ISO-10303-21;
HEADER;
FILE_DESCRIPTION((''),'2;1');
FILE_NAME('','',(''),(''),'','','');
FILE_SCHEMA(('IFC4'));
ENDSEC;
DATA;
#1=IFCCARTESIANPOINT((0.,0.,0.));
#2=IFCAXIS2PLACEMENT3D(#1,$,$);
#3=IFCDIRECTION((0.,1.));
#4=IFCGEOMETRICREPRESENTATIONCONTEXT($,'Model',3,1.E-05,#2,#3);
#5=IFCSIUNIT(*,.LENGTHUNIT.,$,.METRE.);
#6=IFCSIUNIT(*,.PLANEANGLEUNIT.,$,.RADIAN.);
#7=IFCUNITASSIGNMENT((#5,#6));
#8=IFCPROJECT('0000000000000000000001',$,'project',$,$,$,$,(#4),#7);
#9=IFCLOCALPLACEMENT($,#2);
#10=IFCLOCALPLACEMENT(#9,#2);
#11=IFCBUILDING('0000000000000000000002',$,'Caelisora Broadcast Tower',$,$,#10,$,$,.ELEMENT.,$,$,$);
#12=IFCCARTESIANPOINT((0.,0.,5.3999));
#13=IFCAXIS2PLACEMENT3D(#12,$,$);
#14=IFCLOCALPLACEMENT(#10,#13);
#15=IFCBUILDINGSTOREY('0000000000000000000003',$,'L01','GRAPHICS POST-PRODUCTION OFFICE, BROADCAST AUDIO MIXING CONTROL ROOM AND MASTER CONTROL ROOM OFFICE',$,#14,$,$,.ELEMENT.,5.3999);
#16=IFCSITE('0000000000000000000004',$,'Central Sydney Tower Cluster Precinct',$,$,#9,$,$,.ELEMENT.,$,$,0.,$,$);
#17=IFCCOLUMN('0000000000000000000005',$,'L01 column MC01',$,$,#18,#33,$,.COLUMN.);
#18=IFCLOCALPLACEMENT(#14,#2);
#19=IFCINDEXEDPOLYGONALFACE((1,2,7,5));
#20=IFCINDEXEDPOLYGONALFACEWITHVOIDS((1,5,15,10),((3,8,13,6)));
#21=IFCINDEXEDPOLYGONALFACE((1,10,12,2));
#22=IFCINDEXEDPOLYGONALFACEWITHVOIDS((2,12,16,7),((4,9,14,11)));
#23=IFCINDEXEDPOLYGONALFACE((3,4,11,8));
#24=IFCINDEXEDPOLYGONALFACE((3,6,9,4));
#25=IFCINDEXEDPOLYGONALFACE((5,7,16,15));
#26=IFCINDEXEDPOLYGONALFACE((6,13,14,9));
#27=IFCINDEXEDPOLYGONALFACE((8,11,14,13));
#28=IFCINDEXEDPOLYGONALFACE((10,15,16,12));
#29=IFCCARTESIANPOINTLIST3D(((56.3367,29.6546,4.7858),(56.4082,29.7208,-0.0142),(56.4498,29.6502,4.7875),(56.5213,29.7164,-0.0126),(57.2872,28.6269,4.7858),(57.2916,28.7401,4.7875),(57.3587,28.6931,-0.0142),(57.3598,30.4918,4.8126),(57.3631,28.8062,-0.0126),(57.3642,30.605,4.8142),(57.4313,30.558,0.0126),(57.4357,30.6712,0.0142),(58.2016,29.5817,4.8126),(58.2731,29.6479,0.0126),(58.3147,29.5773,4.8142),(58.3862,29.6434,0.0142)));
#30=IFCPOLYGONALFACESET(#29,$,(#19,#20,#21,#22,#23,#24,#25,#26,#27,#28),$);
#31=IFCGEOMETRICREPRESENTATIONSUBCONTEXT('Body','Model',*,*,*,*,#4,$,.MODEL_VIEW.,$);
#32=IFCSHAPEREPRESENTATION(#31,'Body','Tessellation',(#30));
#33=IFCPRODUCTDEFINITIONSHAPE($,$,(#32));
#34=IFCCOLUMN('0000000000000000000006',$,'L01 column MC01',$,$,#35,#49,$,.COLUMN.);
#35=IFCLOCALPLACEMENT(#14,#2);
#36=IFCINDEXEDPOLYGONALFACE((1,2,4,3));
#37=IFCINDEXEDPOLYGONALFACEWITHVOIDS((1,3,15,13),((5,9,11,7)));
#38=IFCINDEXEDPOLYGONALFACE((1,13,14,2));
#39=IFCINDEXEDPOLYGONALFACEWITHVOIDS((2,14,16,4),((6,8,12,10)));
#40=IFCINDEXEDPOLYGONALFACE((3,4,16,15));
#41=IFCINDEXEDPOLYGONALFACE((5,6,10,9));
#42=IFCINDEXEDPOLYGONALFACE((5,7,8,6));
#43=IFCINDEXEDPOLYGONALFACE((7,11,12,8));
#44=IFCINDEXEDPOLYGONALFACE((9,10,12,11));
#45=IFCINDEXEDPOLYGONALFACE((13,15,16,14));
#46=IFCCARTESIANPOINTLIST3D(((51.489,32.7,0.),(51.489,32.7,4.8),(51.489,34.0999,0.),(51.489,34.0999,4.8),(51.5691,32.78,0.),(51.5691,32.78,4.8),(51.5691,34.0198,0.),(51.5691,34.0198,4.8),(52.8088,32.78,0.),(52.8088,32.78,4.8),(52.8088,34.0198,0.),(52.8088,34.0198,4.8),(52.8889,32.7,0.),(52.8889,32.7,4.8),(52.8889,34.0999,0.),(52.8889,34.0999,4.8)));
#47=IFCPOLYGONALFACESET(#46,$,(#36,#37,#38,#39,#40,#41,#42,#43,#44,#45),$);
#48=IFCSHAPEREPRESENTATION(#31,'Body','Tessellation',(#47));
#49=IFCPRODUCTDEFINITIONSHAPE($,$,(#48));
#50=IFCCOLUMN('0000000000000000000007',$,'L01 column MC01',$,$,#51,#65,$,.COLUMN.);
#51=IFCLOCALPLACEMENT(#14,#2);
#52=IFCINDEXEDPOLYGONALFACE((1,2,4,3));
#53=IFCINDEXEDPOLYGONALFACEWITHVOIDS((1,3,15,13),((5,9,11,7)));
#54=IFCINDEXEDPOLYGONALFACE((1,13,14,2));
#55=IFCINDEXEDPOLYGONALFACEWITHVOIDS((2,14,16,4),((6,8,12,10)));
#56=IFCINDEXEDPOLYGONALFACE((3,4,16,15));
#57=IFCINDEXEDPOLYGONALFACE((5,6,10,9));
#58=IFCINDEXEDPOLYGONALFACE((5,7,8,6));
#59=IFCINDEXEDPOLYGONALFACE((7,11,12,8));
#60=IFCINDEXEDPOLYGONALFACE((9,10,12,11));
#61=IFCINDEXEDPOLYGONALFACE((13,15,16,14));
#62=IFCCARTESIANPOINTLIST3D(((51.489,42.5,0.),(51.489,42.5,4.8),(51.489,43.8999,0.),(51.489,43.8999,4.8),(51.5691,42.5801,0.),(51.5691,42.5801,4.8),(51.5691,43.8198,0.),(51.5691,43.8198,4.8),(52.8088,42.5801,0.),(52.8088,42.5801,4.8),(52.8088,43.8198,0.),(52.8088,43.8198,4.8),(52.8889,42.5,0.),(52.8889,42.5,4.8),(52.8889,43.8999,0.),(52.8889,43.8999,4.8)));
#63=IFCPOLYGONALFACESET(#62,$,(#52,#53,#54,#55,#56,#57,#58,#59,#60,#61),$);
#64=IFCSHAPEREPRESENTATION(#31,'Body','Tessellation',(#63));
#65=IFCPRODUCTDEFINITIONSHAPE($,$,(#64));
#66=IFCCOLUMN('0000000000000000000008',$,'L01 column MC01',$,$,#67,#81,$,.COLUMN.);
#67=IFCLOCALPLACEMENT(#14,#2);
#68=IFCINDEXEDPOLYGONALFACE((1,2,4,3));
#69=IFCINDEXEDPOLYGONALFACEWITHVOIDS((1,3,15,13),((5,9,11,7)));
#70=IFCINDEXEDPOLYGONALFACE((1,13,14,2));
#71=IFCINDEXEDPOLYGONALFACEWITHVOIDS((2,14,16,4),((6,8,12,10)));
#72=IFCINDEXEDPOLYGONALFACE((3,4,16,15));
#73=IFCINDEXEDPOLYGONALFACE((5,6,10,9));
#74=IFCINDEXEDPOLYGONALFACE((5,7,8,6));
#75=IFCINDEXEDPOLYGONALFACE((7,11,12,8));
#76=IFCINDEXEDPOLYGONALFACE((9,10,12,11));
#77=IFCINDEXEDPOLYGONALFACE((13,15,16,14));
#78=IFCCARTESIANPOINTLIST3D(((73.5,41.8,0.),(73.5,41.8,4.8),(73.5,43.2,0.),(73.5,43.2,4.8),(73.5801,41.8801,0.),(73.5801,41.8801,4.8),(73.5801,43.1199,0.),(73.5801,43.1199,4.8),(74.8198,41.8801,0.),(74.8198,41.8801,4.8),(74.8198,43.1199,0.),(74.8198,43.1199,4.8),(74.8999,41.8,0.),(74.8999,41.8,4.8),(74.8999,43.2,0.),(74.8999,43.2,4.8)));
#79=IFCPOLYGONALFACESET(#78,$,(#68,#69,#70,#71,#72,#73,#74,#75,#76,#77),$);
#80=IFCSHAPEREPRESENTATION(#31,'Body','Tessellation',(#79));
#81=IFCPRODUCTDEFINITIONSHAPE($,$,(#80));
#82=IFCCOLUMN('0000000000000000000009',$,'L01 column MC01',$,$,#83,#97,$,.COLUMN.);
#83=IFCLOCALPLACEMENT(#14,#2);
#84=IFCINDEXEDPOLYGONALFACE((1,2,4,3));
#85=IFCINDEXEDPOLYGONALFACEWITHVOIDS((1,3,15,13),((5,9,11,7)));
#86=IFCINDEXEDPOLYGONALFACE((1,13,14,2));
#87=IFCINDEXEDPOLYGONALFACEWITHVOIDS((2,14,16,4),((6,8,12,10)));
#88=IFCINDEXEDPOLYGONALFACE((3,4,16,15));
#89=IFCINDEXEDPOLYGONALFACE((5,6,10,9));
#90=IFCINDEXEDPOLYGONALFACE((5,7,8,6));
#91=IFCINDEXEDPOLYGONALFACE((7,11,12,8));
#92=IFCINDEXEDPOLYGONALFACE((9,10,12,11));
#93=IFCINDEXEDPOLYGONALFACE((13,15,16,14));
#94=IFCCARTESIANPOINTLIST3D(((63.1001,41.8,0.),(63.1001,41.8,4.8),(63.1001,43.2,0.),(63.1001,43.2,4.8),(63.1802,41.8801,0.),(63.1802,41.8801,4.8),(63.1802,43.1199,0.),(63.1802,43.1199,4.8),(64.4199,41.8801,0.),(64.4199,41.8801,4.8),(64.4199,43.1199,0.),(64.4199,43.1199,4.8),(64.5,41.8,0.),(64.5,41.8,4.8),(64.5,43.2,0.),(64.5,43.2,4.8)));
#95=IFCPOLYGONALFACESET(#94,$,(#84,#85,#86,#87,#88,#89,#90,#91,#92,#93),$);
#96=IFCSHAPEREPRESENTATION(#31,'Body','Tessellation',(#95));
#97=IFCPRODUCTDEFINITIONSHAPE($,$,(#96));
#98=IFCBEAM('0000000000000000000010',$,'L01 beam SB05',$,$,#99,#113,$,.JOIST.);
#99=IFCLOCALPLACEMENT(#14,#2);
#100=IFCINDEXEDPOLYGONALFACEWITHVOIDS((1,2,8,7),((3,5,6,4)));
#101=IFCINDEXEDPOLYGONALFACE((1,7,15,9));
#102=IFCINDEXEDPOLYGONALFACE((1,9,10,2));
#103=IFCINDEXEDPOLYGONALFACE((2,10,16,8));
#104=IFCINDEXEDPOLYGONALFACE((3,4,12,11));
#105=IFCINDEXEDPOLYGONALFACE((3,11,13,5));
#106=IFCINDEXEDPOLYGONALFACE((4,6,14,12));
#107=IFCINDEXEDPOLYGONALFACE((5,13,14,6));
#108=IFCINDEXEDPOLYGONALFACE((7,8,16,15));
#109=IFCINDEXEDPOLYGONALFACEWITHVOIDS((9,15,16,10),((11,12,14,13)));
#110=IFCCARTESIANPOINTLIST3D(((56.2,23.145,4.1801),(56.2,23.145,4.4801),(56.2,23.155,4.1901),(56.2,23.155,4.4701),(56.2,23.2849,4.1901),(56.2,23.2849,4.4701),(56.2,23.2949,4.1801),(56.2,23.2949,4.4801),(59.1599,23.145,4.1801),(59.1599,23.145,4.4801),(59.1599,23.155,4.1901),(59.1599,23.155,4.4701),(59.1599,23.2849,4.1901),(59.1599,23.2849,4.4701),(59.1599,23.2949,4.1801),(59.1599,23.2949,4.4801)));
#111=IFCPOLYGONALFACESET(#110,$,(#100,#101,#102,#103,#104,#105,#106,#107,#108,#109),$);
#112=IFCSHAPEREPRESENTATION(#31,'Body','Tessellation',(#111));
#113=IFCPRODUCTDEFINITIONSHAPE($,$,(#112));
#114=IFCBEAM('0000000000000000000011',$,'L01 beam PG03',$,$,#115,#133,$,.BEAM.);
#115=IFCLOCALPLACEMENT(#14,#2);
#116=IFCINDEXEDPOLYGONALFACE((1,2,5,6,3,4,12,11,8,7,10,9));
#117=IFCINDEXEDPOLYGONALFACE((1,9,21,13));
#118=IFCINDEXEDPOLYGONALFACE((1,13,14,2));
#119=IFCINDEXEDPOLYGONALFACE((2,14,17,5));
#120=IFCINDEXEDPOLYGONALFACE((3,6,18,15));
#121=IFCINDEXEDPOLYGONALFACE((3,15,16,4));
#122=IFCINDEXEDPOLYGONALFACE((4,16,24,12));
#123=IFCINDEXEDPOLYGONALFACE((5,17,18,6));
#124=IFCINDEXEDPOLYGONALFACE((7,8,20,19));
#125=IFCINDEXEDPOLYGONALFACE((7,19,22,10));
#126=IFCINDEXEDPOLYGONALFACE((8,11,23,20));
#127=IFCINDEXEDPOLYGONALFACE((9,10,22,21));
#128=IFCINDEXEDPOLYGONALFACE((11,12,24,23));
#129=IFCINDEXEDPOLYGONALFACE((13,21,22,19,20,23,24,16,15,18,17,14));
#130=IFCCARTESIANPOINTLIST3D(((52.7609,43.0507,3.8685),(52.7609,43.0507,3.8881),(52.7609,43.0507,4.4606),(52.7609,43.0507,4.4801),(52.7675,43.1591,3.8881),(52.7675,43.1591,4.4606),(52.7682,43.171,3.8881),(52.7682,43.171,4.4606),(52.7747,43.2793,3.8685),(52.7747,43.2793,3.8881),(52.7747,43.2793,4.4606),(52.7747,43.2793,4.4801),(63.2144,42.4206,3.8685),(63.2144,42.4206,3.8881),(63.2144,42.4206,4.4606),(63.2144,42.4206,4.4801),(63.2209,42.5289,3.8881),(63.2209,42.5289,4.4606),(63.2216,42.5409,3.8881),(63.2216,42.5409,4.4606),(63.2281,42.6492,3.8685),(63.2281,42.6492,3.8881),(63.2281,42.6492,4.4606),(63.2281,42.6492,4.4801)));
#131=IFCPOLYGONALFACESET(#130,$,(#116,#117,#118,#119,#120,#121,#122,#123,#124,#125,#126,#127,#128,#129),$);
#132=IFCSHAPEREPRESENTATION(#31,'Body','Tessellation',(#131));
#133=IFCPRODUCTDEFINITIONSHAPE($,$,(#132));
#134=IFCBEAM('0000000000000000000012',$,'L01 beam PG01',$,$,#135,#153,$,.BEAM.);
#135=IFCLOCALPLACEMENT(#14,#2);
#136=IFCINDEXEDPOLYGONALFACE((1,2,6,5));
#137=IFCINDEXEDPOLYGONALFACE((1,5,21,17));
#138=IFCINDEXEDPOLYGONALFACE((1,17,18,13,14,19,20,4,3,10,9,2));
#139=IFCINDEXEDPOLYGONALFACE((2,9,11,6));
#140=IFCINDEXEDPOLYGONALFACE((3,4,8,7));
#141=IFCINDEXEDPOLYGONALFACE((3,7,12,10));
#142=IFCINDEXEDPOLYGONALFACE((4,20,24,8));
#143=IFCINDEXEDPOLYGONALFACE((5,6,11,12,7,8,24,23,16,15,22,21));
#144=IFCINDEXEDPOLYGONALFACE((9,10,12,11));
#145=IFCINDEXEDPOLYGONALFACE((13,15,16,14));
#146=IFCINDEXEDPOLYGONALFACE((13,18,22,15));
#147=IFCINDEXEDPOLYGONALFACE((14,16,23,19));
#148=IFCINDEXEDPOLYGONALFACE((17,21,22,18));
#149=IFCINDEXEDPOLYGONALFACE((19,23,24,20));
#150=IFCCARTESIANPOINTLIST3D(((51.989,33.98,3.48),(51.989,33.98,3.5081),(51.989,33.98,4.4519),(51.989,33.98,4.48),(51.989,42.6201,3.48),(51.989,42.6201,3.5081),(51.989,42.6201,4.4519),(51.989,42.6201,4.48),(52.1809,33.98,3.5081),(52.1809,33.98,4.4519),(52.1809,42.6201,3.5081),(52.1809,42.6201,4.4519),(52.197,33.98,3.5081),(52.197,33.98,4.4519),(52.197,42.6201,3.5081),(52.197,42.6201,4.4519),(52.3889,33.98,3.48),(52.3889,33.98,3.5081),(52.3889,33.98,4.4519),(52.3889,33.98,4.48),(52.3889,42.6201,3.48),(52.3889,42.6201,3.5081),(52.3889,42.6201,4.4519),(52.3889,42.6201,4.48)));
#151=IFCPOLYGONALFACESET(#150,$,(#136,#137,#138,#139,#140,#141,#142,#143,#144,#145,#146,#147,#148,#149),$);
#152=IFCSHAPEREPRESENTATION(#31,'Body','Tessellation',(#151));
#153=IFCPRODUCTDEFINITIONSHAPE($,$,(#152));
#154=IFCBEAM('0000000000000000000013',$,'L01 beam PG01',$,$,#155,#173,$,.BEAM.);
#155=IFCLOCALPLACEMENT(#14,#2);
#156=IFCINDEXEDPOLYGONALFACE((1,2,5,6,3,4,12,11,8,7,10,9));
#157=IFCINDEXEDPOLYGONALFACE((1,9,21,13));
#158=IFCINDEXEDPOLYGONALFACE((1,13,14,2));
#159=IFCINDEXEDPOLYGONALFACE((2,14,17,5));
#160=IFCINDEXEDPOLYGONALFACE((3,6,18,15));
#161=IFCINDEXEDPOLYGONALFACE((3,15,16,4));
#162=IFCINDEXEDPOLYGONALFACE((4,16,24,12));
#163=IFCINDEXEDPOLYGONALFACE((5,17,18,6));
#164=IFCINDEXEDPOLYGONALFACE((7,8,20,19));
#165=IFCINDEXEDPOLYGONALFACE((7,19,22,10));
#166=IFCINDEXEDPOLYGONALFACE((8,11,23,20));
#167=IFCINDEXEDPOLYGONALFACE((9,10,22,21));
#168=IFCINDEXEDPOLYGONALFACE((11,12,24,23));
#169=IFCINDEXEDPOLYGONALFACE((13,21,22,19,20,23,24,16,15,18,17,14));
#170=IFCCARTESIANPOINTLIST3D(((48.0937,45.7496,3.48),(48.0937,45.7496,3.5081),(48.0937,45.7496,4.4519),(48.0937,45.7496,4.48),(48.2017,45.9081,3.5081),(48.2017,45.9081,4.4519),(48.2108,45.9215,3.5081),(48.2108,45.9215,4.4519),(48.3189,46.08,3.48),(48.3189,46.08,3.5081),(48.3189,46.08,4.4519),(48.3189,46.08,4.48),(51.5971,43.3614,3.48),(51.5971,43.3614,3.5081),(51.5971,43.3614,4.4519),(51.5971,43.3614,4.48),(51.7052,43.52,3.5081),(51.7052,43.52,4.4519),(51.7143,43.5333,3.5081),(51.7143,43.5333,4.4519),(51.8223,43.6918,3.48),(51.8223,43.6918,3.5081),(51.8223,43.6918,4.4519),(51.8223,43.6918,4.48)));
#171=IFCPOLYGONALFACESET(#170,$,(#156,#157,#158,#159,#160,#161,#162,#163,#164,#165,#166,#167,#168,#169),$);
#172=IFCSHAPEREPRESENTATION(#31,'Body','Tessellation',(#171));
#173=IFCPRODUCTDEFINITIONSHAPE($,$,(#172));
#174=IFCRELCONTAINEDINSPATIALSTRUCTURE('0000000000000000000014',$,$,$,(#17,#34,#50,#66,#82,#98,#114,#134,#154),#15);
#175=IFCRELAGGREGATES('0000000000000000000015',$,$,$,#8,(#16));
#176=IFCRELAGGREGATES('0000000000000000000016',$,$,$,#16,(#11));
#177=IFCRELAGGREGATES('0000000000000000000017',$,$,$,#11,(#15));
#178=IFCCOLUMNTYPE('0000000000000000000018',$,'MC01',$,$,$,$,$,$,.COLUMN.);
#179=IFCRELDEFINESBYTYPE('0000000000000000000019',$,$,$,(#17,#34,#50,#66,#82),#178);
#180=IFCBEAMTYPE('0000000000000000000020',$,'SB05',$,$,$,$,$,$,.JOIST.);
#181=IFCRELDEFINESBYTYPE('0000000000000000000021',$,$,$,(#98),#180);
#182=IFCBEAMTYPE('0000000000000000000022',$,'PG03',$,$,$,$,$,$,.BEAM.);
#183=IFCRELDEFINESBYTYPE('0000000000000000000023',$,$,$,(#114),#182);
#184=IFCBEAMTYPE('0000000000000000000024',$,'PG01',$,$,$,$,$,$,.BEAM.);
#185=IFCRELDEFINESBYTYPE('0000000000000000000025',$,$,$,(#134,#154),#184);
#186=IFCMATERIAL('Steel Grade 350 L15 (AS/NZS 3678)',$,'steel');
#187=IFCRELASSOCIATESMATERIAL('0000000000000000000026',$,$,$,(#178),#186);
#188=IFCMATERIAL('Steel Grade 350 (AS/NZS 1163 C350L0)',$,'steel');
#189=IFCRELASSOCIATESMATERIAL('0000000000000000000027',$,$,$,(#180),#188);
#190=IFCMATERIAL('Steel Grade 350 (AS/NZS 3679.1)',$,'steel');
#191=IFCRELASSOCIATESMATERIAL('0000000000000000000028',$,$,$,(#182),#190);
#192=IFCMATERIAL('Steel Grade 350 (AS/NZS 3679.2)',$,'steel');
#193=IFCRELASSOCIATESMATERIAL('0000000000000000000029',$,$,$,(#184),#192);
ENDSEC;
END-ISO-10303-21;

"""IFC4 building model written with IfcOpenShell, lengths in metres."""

from ifc_helpers import new_model, si_unit, direction, frame, origin, origin_2d, place, context, subcontext, project, spatial, hollow_rectangle, i_section, extrude, source, transform, mapped, material, material_profile, profile_set, type_object, type_shapes, element, save


model = new_model("IFC4")

# Units and contexts
model_context = context("Model", 3, precision=1e-05, world=origin(), true_north=direction((0.0, 1.0)))
body_context = subcontext(model_context, "Body", "Model", "MODEL_VIEW")
ifc_project = project(units=[si_unit("LENGTHUNIT", "METRE"), si_unit("PLANEANGLEUNIT", "RADIAN")], contexts=[model_context])

# Site, building, storey
site_placement = place(None, origin())
site = spatial("IfcSite", under=ifc_project, at=site_placement, Name="Central Sydney Tower Cluster Precinct", CompositionType="ELEMENT", RefElevation=0.0)
building_placement = place(site_placement, origin())
building = spatial("IfcBuilding", under=site, at=building_placement, Name="Caelisora Broadcast Tower", CompositionType="ELEMENT")
storey_placement = place(building_placement, frame((0.0, 0.0, 5.3999)))
storey = spatial("IfcBuildingStorey", under=building, at=storey_placement, Name="L01", Description="GRAPHICS POST-PRODUCTION OFFICE, BROADCAST AUDIO MIXING CONTROL ROOM AND MASTER CONTROL ROOM OFFICE", CompositionType="ELEMENT", Elevation=5.3999)

# Columns
ifc_material_1 = material(Name="Steel Grade 350 L15 (AS/NZS 3678)", Category="steel")
ifc_material_profile_1 = material_profile(ifc_material_1, hollow_rectangle(XDim=1.3999, YDim=1.3999, WallThickness=0.0801, at=origin_2d()), Name="Steel Grade 350 L15 (AS/NZS 3678)")
ifc_profile_set_1 = profile_set([ifc_material_profile_1], Name="Steel Grade 350 L15 (AS/NZS 3678)")
column_type = type_object("IfcColumnType", Name="MC01", PredefinedType="COLUMN", material=ifc_profile_set_1)
shared_shape_1 = source(origin(), body_context, "Body", "SweptSolid", [
    extrude(hollow_rectangle(XDim=1.3999, YDim=1.3999, WallThickness=0.0801, at=origin_2d()), origin(), (0.0, 0.0, 1.0), 4.801),
])
column_placement = place(storey_placement, frame((57.3972, 29.6821, 0.0), z_axis=(-0.0149, -0.013781, 0.999794), x_axis=(0.679008, -0.734131, 0.0)))
element("IfcColumn", 1, at=column_placement, inside=storey, type_object=column_type, Name="L01 column MC01", PredefinedType="COLUMN", context=body_context, shape_type="MappedRepresentation", body=[
    mapped(shared_shape_1, transform((0.0, 0.0, 0.0), scale=1.0)),
])
shared_shape_2 = source(origin(), body_context, "Body", "SweptSolid", [
    extrude(hollow_rectangle(XDim=1.3999, YDim=1.3999, WallThickness=0.0801, at=origin_2d()), origin(), (0.0, 0.0, 1.0), 4.8),
])
type_shapes(column_type, [shared_shape_1, shared_shape_2])
for number, where, z_axis, x_axis, name in (
    (2, (52.189, 33.3999, 0.0), (0.0, 0.0, 1.0), (1.0, 0.0, 0.0), "L01 column MC01"),
    (3, (52.189, 43.2, 0.0), (0.0, 0.0, 1.0), (1.0, 0.0, 0.0), "L01 column MC01"),
    (4, (74.2, 42.5, 0.0), (0.0, 0.0, 1.0), (1.0, 0.0, 0.0), "L01 column MC01"),
    (5, (63.8, 42.5, 0.0), (0.0, 0.0, 1.0), (1.0, 0.0, 0.0), "L01 column MC01"),
):
    element("IfcColumn", number, at=place(storey_placement, frame(where, z_axis=z_axis, x_axis=x_axis)), inside=storey, type_object=column_type, Name=name, PredefinedType="COLUMN", context=body_context, shape_type="MappedRepresentation", body=[
        mapped(shared_shape_2, transform((0.0, 0.0, 0.0), scale=1.0)),
    ])

# Beams
ifc_material_2 = material(Name="Steel Grade 350 (AS/NZS 1163 C350L0)", Category="steel")
ifc_material_profile_2 = material_profile(ifc_material_2, hollow_rectangle(XDim=0.1499, YDim=0.3, WallThickness=0.01, at=origin_2d()), Name="Steel Grade 350 (AS/NZS 1163 C350L0)")
ifc_profile_set_2 = profile_set([ifc_material_profile_2], Name="Steel Grade 350 (AS/NZS 1163 C350L0)")
beam_type_1 = type_object("IfcBeamType", Name="SB05", PredefinedType="JOIST", material=ifc_profile_set_2)
shared_shape_3 = source(origin(), body_context, "Body", "SweptSolid", [
    extrude(hollow_rectangle(XDim=0.1499, YDim=0.3, WallThickness=0.01, at=origin_2d()), origin(), (0.0, 0.0, 1.0), 2.96),
])
type_shapes(beam_type_1, [shared_shape_3])
beam_1_placement = place(storey_placement, frame((56.2, 23.22, 4.3301), z_axis=(1.0, 0.0, 0.0), x_axis=(0.0, 1.0, 0.0)))
element("IfcBeam", 6, at=beam_1_placement, inside=storey, type_object=beam_type_1, Name="L01 beam SB05", PredefinedType="JOIST", context=body_context, shape_type="MappedRepresentation", body=[
    mapped(shared_shape_3, transform((0.0, 0.0, 0.0), scale=1.0)),
])
ifc_material_3 = material(Name="Steel Grade 350 (AS/NZS 3679.1)", Category="steel")
ifc_material_profile_3 = material_profile(ifc_material_3, i_section(OverallWidth=0.229, OverallDepth=0.6116, WebThickness=0.012, FlangeThickness=0.0195, at=origin_2d()), Name="Steel Grade 350 (AS/NZS 3679.1)")
ifc_profile_set_3 = profile_set([ifc_material_profile_3], Name="Steel Grade 350 (AS/NZS 3679.1)")
beam_type_2 = type_object("IfcBeamType", Name="PG03", PredefinedType="BEAM", material=ifc_profile_set_3)
shared_shape_4 = source(origin(), body_context, "Body", "SweptSolid", [
    extrude(i_section(OverallWidth=0.229, OverallDepth=0.6116, WebThickness=0.012, FlangeThickness=0.0195, at=origin_2d()), origin(), (0.0, 0.0, 1.0), 10.4724),
])
type_shapes(beam_type_2, [shared_shape_4])
beam_2_placement = place(storey_placement, frame((52.7678, 43.165, 4.1743), z_axis=(0.998188, -0.060171, 0.0), x_axis=(0.060171, 0.998188, 0.0)))
element("IfcBeam", 7, at=beam_2_placement, inside=storey, type_object=beam_type_2, Name="L01 beam PG03", PredefinedType="BEAM", context=body_context, shape_type="MappedRepresentation", body=[
    mapped(shared_shape_4, transform((0.0, 0.0, 0.0), scale=1.0)),
])
ifc_material_4 = material(Name="Steel Grade 350 (AS/NZS 3679.2)", Category="steel")
ifc_material_profile_4 = material_profile(ifc_material_4, i_section(OverallWidth=0.3999, OverallDepth=1.0, WebThickness=0.0161, FlangeThickness=0.0281, at=origin_2d()), Name="Steel Grade 350 (AS/NZS 3679.2)")
ifc_profile_set_4 = profile_set([ifc_material_profile_4], Name="Steel Grade 350 (AS/NZS 3679.2)")
beam_type_3 = type_object("IfcBeamType", Name="PG01", PredefinedType="BEAM", material=ifc_profile_set_4)
shared_shape_5 = source(origin(), body_context, "Body", "SweptSolid", [
    extrude(i_section(OverallWidth=0.3999, OverallDepth=1.0, WebThickness=0.0161, FlangeThickness=0.0281, at=origin_2d()), origin(), (0.0, 0.0, 1.0), 8.6401),
])
beam_3_placement = place(storey_placement, frame((52.189, 33.98, 3.98), z_axis=(0.0, 1.0, 0.0), x_axis=(-1.0, 0.0, 0.0)))
element("IfcBeam", 8, at=beam_3_placement, inside=storey, type_object=beam_type_3, Name="L01 beam PG01", PredefinedType="BEAM", context=body_context, shape_type="MappedRepresentation", body=[
    mapped(shared_shape_5, transform((0.0, 0.0, 0.0), scale=1.0)),
])
shared_shape_6 = source(origin(), body_context, "Body", "SweptSolid", [
    extrude(i_section(OverallWidth=0.3999, OverallDepth=1.0, WebThickness=0.0161, FlangeThickness=0.0281, at=origin_2d()), origin(), (0.0, 0.0, 1.0), 4.24),
])
beam_4_placement = place(storey_placement, frame((51.7097, 43.5266, 3.98), z_axis=(-0.826283, 0.563255, 0.0), x_axis=(-0.563255, -0.826283, 0.0)))
element("IfcBeam", 9, at=beam_4_placement, inside=storey, type_object=beam_type_3, Name="L01 beam PG01", PredefinedType="BEAM", context=body_context, shape_type="MappedRepresentation", body=[
    mapped(shared_shape_6, transform((0.0, 0.0, 0.0), scale=1.0)),
])

save(model, "model.ifc")
